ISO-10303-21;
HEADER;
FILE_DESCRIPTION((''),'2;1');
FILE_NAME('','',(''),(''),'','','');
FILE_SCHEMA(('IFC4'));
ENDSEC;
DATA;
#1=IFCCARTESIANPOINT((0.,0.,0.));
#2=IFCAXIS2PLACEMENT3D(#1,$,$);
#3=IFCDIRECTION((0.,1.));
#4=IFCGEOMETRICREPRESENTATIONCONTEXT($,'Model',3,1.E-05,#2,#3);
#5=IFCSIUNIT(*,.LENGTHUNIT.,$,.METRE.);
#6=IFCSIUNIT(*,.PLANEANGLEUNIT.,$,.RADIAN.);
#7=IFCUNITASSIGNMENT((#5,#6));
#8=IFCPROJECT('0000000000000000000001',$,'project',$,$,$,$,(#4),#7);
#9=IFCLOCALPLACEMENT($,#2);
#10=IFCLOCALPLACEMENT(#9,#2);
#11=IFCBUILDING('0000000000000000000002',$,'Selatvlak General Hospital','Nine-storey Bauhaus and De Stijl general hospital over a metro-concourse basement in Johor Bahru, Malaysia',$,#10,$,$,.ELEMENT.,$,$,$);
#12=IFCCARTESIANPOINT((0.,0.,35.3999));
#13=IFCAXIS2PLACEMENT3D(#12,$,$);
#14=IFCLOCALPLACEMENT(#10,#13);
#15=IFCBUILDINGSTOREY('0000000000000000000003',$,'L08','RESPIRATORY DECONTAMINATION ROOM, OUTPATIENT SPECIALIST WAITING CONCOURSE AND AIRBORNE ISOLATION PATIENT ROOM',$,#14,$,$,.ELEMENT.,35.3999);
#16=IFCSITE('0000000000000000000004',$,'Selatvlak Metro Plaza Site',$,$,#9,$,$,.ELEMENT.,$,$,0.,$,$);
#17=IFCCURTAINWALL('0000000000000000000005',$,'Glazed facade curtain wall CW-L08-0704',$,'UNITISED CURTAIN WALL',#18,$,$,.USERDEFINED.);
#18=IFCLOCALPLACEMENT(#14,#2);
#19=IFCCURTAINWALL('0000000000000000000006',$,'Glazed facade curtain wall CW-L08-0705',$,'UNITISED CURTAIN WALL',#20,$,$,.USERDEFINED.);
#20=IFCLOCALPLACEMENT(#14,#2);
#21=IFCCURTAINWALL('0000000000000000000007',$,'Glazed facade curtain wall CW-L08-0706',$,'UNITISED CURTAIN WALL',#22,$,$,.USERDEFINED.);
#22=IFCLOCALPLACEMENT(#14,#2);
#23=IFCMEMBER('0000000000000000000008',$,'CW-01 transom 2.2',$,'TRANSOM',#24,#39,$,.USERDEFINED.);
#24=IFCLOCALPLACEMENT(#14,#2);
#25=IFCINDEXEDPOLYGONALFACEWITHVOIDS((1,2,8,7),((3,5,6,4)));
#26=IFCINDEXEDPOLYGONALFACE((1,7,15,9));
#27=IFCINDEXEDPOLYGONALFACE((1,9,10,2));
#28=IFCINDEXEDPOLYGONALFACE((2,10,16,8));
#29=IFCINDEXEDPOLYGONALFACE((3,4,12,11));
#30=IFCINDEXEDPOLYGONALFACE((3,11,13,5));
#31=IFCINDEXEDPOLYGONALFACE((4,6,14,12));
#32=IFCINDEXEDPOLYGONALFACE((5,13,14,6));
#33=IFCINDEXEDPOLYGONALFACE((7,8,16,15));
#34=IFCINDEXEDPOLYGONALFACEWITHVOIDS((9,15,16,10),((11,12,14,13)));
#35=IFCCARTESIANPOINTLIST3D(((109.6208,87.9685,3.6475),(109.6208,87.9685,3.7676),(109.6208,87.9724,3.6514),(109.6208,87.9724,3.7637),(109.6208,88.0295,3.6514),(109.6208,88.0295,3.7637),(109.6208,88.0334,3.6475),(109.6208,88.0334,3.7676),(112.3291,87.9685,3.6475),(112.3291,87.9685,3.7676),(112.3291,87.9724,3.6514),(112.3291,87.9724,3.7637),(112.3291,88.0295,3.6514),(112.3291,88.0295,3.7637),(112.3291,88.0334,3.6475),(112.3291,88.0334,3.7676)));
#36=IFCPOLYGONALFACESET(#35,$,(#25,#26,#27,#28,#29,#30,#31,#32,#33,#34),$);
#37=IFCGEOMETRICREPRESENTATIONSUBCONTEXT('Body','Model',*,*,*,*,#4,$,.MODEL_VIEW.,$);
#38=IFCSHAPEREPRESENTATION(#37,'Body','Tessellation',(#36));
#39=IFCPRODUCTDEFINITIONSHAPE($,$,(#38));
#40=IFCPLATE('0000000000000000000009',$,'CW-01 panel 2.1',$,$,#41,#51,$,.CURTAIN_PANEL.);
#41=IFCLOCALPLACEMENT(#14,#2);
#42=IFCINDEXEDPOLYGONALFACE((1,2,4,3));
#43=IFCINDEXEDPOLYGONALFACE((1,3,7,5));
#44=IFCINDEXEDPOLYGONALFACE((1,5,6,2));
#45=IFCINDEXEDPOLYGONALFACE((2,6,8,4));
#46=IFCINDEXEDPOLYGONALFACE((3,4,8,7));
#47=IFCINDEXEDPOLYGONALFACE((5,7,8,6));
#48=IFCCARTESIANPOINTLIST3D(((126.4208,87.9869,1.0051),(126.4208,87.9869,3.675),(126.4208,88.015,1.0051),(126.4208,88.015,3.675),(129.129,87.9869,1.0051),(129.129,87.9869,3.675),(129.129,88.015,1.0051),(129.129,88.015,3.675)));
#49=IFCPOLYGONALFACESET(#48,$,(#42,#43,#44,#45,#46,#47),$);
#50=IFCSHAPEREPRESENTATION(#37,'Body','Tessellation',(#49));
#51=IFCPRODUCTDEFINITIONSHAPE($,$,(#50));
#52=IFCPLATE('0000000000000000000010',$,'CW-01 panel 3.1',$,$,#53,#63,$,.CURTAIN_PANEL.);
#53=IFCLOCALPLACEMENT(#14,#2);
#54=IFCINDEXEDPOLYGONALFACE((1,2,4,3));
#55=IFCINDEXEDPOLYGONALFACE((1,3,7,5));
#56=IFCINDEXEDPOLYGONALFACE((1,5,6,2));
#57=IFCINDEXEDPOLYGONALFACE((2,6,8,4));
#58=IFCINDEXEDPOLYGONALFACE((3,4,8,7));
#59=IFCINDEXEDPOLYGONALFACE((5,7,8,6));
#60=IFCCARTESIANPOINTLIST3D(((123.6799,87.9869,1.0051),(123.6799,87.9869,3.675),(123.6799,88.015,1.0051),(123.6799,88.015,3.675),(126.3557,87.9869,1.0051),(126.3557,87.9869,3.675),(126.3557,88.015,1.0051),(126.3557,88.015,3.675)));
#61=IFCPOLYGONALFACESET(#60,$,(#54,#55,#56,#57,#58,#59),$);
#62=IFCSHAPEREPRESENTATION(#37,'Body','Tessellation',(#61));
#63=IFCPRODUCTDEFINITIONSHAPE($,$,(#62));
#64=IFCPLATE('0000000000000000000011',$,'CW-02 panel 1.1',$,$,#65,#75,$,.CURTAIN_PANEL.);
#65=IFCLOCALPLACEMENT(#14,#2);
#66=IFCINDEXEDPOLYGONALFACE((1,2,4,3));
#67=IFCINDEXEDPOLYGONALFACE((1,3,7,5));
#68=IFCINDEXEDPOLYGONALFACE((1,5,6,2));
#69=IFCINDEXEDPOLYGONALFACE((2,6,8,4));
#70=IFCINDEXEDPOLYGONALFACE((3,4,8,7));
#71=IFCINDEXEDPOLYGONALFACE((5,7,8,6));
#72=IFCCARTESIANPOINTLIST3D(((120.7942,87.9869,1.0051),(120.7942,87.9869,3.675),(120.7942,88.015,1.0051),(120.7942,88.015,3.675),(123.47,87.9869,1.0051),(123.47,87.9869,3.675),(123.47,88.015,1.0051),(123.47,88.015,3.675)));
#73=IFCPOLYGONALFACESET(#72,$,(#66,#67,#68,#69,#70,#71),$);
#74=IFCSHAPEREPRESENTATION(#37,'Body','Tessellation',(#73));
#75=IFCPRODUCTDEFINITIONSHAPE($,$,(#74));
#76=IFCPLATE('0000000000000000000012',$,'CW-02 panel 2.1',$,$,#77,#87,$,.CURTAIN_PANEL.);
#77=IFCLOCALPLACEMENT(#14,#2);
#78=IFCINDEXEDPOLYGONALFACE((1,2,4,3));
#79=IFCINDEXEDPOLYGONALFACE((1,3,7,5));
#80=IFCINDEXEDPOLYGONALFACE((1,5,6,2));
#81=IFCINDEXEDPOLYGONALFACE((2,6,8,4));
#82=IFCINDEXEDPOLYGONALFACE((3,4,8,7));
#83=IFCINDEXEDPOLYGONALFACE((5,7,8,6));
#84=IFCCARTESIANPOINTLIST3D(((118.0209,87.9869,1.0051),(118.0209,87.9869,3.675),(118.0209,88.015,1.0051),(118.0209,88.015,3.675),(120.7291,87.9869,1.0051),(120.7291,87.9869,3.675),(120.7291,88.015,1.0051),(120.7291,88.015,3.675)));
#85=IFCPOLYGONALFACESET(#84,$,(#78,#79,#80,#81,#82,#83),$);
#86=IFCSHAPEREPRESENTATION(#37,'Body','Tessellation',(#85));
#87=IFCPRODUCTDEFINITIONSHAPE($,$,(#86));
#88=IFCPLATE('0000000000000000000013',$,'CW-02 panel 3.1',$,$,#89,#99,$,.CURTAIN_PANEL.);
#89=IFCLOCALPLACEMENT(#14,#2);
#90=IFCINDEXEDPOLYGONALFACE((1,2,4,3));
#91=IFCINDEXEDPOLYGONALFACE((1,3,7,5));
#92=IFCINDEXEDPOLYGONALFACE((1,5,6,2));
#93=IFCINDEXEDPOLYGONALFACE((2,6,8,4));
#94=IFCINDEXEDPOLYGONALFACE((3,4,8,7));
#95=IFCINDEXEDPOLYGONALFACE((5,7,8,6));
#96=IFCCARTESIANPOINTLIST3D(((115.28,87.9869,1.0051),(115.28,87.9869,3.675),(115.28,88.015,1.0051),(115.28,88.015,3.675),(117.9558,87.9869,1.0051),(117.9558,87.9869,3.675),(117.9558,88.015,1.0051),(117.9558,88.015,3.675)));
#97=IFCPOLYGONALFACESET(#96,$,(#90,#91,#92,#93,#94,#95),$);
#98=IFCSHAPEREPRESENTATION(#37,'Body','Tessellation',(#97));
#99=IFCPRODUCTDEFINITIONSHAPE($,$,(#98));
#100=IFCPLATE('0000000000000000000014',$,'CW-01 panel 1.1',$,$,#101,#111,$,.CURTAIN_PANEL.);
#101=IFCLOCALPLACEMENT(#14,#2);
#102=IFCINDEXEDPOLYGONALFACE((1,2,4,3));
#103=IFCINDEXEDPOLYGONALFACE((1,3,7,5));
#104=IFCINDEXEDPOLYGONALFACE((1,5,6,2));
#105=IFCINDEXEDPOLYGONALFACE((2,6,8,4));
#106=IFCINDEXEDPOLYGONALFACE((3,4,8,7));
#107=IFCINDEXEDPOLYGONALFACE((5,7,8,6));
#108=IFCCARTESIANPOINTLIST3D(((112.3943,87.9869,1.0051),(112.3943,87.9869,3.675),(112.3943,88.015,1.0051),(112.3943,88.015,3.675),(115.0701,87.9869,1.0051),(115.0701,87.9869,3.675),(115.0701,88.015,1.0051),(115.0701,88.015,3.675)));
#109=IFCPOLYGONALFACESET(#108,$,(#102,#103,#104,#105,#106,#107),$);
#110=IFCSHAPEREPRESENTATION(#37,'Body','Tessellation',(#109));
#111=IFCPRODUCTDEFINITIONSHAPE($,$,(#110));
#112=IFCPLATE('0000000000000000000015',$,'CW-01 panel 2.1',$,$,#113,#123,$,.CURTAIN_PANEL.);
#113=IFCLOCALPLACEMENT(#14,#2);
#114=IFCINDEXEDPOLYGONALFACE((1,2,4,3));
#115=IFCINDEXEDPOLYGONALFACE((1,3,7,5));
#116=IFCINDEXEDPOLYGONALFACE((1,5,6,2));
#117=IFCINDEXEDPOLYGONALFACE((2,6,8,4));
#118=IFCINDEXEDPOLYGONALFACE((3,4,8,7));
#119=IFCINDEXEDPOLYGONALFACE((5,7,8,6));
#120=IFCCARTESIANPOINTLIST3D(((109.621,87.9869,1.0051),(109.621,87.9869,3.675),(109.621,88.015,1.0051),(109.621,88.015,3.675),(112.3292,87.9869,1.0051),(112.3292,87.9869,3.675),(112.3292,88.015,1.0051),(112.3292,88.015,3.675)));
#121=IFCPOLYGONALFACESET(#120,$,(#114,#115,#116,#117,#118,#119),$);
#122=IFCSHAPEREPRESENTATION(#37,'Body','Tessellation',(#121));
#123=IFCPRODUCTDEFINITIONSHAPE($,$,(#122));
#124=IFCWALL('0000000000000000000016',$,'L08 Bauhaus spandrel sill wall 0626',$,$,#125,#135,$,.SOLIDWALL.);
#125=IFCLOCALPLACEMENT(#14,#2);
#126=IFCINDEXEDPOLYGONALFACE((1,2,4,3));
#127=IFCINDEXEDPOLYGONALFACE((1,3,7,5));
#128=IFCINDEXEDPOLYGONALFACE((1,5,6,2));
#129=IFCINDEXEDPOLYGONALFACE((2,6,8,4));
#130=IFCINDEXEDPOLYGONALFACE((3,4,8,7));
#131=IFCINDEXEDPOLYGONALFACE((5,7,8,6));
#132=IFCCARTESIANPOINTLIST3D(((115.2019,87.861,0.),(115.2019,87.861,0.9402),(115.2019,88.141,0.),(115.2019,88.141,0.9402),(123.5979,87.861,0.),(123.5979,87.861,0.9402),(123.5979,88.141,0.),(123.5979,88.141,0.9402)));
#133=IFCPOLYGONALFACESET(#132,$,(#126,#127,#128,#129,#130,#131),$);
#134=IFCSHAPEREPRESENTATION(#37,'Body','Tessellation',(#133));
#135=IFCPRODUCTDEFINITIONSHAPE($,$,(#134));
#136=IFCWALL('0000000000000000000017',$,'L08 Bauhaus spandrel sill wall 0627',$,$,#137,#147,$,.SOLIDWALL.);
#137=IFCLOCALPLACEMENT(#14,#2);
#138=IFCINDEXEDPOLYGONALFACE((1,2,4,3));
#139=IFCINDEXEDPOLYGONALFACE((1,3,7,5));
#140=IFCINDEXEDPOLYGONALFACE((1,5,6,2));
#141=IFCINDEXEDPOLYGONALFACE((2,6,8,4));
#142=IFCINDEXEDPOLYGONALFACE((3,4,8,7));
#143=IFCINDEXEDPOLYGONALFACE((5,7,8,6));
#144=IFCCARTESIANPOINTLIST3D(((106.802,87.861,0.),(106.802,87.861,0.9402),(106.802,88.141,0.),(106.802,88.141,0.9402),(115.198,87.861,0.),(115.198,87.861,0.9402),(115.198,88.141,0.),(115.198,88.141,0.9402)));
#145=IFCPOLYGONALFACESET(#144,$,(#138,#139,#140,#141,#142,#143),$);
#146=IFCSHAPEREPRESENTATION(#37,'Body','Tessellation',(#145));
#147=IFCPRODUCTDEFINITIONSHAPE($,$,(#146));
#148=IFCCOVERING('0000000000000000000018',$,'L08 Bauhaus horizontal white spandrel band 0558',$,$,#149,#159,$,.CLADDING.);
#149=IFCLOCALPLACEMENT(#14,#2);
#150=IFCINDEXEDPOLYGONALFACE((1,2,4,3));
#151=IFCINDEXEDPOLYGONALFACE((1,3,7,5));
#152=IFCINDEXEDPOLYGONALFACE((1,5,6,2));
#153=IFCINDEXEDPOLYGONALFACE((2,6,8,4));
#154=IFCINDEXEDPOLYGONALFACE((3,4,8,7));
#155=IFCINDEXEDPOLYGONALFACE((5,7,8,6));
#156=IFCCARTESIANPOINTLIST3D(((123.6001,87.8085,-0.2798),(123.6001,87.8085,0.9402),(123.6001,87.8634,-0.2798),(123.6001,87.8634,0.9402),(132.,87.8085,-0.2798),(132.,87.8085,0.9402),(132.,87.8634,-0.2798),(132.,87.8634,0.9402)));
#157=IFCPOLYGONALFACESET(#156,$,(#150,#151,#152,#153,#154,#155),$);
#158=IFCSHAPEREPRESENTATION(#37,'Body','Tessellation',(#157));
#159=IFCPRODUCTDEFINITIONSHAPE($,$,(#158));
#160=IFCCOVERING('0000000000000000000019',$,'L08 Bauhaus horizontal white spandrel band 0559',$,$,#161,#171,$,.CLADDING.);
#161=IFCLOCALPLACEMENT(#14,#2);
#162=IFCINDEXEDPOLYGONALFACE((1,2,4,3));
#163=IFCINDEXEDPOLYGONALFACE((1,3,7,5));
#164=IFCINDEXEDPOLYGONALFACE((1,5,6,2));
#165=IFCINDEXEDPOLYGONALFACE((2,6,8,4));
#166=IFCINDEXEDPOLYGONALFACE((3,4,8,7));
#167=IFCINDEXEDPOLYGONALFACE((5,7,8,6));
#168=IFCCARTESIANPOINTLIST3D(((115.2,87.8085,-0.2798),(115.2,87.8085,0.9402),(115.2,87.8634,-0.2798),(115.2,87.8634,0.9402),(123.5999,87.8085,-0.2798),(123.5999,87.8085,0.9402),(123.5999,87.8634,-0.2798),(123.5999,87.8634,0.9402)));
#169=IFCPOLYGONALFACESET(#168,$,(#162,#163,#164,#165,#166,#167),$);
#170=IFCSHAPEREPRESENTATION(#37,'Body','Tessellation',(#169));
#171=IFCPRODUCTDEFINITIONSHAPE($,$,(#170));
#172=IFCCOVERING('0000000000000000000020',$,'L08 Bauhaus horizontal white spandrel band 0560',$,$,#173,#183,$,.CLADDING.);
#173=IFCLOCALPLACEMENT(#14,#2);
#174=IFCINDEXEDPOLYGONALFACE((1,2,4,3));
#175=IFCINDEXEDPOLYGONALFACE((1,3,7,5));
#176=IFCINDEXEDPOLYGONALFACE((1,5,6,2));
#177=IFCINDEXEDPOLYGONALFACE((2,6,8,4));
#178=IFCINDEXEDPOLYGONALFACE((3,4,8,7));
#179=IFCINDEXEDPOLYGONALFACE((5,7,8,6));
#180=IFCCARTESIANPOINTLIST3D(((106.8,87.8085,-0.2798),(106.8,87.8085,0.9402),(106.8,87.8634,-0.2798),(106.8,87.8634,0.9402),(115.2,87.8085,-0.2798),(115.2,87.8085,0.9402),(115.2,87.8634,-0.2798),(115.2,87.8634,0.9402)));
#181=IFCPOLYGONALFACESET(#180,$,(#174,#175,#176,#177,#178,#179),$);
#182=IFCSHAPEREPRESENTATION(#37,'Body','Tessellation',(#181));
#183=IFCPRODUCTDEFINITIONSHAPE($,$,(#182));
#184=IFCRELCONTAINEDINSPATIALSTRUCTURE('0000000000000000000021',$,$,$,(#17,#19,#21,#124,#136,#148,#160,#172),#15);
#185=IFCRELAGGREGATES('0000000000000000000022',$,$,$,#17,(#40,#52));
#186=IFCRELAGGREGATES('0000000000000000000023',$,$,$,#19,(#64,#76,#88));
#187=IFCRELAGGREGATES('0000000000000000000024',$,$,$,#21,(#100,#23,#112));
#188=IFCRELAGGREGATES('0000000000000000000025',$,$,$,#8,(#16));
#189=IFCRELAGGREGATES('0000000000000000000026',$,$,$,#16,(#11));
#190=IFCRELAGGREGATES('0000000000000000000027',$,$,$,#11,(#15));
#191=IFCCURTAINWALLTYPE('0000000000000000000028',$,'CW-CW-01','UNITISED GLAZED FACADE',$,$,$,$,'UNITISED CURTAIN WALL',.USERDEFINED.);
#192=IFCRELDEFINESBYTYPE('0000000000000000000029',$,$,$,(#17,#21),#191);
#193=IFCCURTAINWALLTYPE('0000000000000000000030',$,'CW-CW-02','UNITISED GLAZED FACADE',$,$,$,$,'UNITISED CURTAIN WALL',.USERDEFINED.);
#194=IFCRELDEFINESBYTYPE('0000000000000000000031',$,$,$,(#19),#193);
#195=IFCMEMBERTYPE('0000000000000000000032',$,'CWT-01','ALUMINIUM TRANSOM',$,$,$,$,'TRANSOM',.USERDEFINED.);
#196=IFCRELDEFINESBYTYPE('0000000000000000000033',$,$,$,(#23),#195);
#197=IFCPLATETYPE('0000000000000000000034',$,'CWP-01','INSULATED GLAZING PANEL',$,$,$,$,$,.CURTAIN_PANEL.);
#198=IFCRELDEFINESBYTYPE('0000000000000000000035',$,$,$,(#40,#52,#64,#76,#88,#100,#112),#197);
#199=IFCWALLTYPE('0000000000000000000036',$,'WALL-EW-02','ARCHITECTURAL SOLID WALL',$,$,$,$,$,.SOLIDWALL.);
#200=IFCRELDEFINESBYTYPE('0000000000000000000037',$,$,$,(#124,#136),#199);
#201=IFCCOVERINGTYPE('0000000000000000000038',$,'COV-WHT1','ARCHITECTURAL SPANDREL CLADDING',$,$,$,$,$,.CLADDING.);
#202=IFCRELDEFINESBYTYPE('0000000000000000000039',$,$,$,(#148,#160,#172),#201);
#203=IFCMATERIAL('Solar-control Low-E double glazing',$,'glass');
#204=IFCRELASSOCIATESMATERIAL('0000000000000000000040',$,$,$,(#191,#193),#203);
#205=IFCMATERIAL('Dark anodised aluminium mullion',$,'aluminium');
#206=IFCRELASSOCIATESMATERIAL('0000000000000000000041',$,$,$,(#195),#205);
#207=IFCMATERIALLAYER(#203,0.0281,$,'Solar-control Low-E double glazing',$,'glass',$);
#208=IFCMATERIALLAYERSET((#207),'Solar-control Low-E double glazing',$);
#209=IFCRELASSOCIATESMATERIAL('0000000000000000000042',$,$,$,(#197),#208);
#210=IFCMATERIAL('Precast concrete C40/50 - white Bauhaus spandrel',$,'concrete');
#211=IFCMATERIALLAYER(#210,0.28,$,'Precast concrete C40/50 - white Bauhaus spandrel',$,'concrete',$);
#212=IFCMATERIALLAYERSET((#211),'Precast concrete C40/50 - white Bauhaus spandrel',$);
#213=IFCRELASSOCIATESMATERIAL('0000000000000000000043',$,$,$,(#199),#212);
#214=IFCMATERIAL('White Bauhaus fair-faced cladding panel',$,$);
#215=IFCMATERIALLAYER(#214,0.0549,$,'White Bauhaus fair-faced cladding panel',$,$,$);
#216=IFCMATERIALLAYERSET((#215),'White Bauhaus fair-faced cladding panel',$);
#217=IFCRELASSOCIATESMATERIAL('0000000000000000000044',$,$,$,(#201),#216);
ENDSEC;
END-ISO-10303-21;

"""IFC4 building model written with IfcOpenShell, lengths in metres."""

from ifc_helpers import new_model, si_unit, direction, frame, frame_2d, origin, origin_2d, place, context, subcontext, project, spatial, rectangle, hollow_rectangle, extrude, material, layer, layer_set, material_profile, profile_set, type_object, element, aggregate, save


model = new_model("IFC4")

# Units and contexts
model_context = context("Model", 3, precision=1e-05, world=origin(), true_north=direction((0.0, 1.0)))
body_context = subcontext(model_context, "Body", "Model", "MODEL_VIEW")
ifc_project = project(units=[si_unit("LENGTHUNIT", "METRE"), si_unit("PLANEANGLEUNIT", "RADIAN")], contexts=[model_context])

# Site, building, storey
site_placement = place(None, origin())
site = spatial("IfcSite", under=ifc_project, at=site_placement, Name="Selatvlak Metro Plaza Site", CompositionType="ELEMENT", RefElevation=0.0)
building_placement = place(site_placement, origin())
building = spatial("IfcBuilding", under=site, at=building_placement, Name="Selatvlak General Hospital", Description="Nine-storey Bauhaus and De Stijl general hospital over a metro-concourse basement in Johor Bahru, Malaysia", CompositionType="ELEMENT")
storey_placement = place(building_placement, frame((0.0, 0.0, 35.3999)))
storey = spatial("IfcBuildingStorey", under=building, at=storey_placement, Name="L08", Description="RESPIRATORY DECONTAMINATION ROOM, OUTPATIENT SPECIALIST WAITING CONCOURSE AND AIRBORNE ISOLATION PATIENT ROOM", CompositionType="ELEMENT", Elevation=35.3999)

# Curtain walls
ifc_material_1 = material(Name="Solar-control Low-E double glazing", Category="glass")
curtain_wall_type_1 = type_object("IfcCurtainWallType", Name="CW-CW-01", Description="UNITISED GLAZED FACADE", ElementType="UNITISED CURTAIN WALL", PredefinedType="USERDEFINED", material=ifc_material_1)
curtain_wall_1_placement = place(storey_placement, origin())
curtain_wall_1 = element("IfcCurtainWall", 1, at=curtain_wall_1_placement, inside=storey, type_object=curtain_wall_type_1, Name="Glazed facade curtain wall CW-L08-0704", ObjectType="UNITISED CURTAIN WALL", PredefinedType="USERDEFINED")
ifc_material_2 = material(Name="Dark anodised aluminium mullion", Category="aluminium")
curtain_wall_type_2 = type_object("IfcCurtainWallType", Name="CW-CW-02", Description="UNITISED GLAZED FACADE", ElementType="UNITISED CURTAIN WALL", PredefinedType="USERDEFINED", material=ifc_material_1)
curtain_wall_2_placement = place(storey_placement, origin())
curtain_wall_2 = element("IfcCurtainWall", 2, at=curtain_wall_2_placement, inside=storey, type_object=curtain_wall_type_2, Name="Glazed facade curtain wall CW-L08-0705", ObjectType="UNITISED CURTAIN WALL", PredefinedType="USERDEFINED")
curtain_wall_3_placement = place(storey_placement, origin())
curtain_wall_3 = element("IfcCurtainWall", 3, at=curtain_wall_3_placement, inside=storey, type_object=curtain_wall_type_1, Name="Glazed facade curtain wall CW-L08-0706", ObjectType="UNITISED CURTAIN WALL", PredefinedType="USERDEFINED")

# Member
ifc_material_profile_1 = material_profile(ifc_material_2, hollow_rectangle(XDim=0.0649, YDim=0.1201, WallThickness=0.0039, at=origin_2d()), Name="AL-TRN 65x120x4")
ifc_profile_set_1 = profile_set([ifc_material_profile_1], Name="Dark anodised aluminium mullion")
member_type_1 = type_object("IfcMemberType", Name="CWT-01", Description="ALUMINIUM TRANSOM", ElementType="TRANSOM", PredefinedType="USERDEFINED", material=ifc_profile_set_1)
member_1_placement = place(storey_placement, frame((112.3291, 88.001, 3.7075), z_axis=(-1.0, 0.0, 0.0), x_axis=(0.0, -1.0, 0.0)))
member_1 = element("IfcMember", 4, at=member_1_placement, type_object=member_type_1, Name="CW-01 transom 2.2", ObjectType="TRANSOM", PredefinedType="USERDEFINED", context=body_context, shape_type="SweptSolid", body=[
    extrude(hollow_rectangle(XDim=0.0649, YDim=0.1201, WallThickness=0.0039, at=origin_2d()), origin(), (0.0, 0.0, 1.0), 2.7083),
])

# Plates
ifc_layer_1 = layer(ifc_material_1, 0.0281, Name="Solar-control Low-E double glazing", Category="glass")
ifc_layer_set_1 = layer_set([ifc_layer_1], Name="Solar-control Low-E double glazing")
plate_type = type_object("IfcPlateType", Name="CWP-01", Description="INSULATED GLAZING PANEL", PredefinedType="CURTAIN_PANEL", material=ifc_layer_set_1)
plate_1_placement = place(storey_placement, frame((127.7749, 88.001, 1.0051), z_axis=(0.0, 0.0, 1.0), x_axis=(-1.0, 0.0, 0.0)))
plate_1 = element("IfcPlate", 5, at=plate_1_placement, type_object=plate_type, Name="CW-01 panel 2.1", PredefinedType="CURTAIN_PANEL", context=body_context, shape_type="SweptSolid", body=[
    extrude(rectangle(XDim=2.7083, YDim=0.0281, at=origin_2d()), origin(), (0.0, 0.0, 1.0), 2.6699),
])
plate_2_placement = place(storey_placement, frame((125.0178, 88.001, 1.0051), z_axis=(0.0, 0.0, 1.0), x_axis=(-1.0, 0.0, 0.0)))
plate_2 = element("IfcPlate", 6, at=plate_2_placement, type_object=plate_type, Name="CW-01 panel 3.1", PredefinedType="CURTAIN_PANEL", context=body_context, shape_type="SweptSolid", body=[
    extrude(rectangle(XDim=2.6758, YDim=0.0281, at=origin_2d()), origin(), (0.0, 0.0, 1.0), 2.6699),
])
aggregate(curtain_wall_1, [plate_1, plate_2])
plate_3_placement = place(storey_placement, frame((122.1321, 88.001, 1.0051), z_axis=(0.0, 0.0, 1.0), x_axis=(-1.0, 0.0, 0.0)))
plate_3 = element("IfcPlate", 7, at=plate_3_placement, type_object=plate_type, Name="CW-02 panel 1.1", PredefinedType="CURTAIN_PANEL", context=body_context, shape_type="SweptSolid", body=[
    extrude(rectangle(XDim=2.6758, YDim=0.0281, at=origin_2d()), origin(), (0.0, 0.0, 1.0), 2.6699),
])
plate_4_placement = place(storey_placement, frame((119.375, 88.001, 1.0051), z_axis=(0.0, 0.0, 1.0), x_axis=(-1.0, 0.0, 0.0)))
plate_4 = element("IfcPlate", 8, at=plate_4_placement, type_object=plate_type, Name="CW-02 panel 2.1", PredefinedType="CURTAIN_PANEL", context=body_context, shape_type="SweptSolid", body=[
    extrude(rectangle(XDim=2.7083, YDim=0.0281, at=origin_2d()), origin(), (0.0, 0.0, 1.0), 2.6699),
])
plate_5_placement = place(storey_placement, frame((116.6179, 88.001, 1.0051), z_axis=(0.0, 0.0, 1.0), x_axis=(-1.0, 0.0, 0.0)))
plate_5 = element("IfcPlate", 9, at=plate_5_placement, type_object=plate_type, Name="CW-02 panel 3.1", PredefinedType="CURTAIN_PANEL", context=body_context, shape_type="SweptSolid", body=[
    extrude(rectangle(XDim=2.6758, YDim=0.0281, at=origin_2d()), origin(), (0.0, 0.0, 1.0), 2.6699),
])
aggregate(curtain_wall_2, [plate_3, plate_4, plate_5])
plate_6_placement = place(storey_placement, frame((113.7322, 88.001, 1.0051), z_axis=(0.0, 0.0, 1.0), x_axis=(-1.0, 0.0, 0.0)))
plate_6 = element("IfcPlate", 10, at=plate_6_placement, type_object=plate_type, Name="CW-01 panel 1.1", PredefinedType="CURTAIN_PANEL", context=body_context, shape_type="SweptSolid", body=[
    extrude(rectangle(XDim=2.6758, YDim=0.0281, at=origin_2d()), origin(), (0.0, 0.0, 1.0), 2.6699),
])
plate_7_placement = place(storey_placement, frame((110.9751, 88.001, 1.0051), z_axis=(0.0, 0.0, 1.0), x_axis=(-1.0, 0.0, 0.0)))
plate_7 = element("IfcPlate", 11, at=plate_7_placement, type_object=plate_type, Name="CW-01 panel 2.1", PredefinedType="CURTAIN_PANEL", context=body_context, shape_type="SweptSolid", body=[
    extrude(rectangle(XDim=2.7083, YDim=0.0281, at=origin_2d()), origin(), (0.0, 0.0, 1.0), 2.6699),
])
aggregate(curtain_wall_3, [plate_6, member_1, plate_7])

# Walls
ifc_material_3 = material(Name="Precast concrete C40/50 - white Bauhaus spandrel", Category="concrete")
ifc_layer_2 = layer(ifc_material_3, 0.28, Name="Precast concrete C40/50 - white Bauhaus spandrel", Category="concrete")
ifc_layer_set_2 = layer_set([ifc_layer_2], Name="Precast concrete C40/50 - white Bauhaus spandrel")
wall_type = type_object("IfcWallType", Name="WALL-EW-02", Description="ARCHITECTURAL SOLID WALL", PredefinedType="SOLIDWALL", material=ifc_layer_set_2)
for number, where, z_axis, x_axis, name in (
    (12, (123.5979, 88.001, 0.0), (0.0, 0.0, 1.0), (-1.0, 0.0, 0.0), "L08 Bauhaus spandrel sill wall 0626"),
    (13, (115.198, 88.001, 0.0), (0.0, 0.0, 1.0), (-1.0, 0.0, 0.0), "L08 Bauhaus spandrel sill wall 0627"),
):
    element("IfcWall", number, at=place(storey_placement, frame(where, z_axis=z_axis, x_axis=x_axis)), inside=storey, type_object=wall_type, Name=name, PredefinedType="SOLIDWALL", context=body_context, shape_type="SweptSolid", body=[
        extrude(rectangle(XDim=8.396, YDim=0.28, at=frame_2d((4.198, 0.0))), origin(), (0.0, 0.0, 1.0), 0.9402),
    ])

# Coverings
ifc_material_4 = material(Name="White Bauhaus fair-faced cladding panel")
ifc_layer_3 = layer(ifc_material_4, 0.0549, Name="White Bauhaus fair-faced cladding panel")
ifc_layer_set_3 = layer_set([ifc_layer_3], Name="White Bauhaus fair-faced cladding panel")
covering_type = type_object("IfcCoveringType", Name="COV-WHT1", Description="ARCHITECTURAL SPANDREL CLADDING", PredefinedType="CLADDING", material=ifc_layer_set_3)
for number, where, z_axis, x_axis, name in (
    (14, (127.8, 87.8359, -0.2798), (0.0, 0.0, 1.0), (-1.0, 0.0, 0.0), "L08 Bauhaus horizontal white spandrel band 0558"),
    (15, (119.3999, 87.8359, -0.2798), (0.0, 0.0, 1.0), (-1.0, 0.0, 0.0), "L08 Bauhaus horizontal white spandrel band 0559"),
    (16, (111.0, 87.8359, -0.2798), (0.0, 0.0, 1.0), (-1.0, 0.0, 0.0), "L08 Bauhaus horizontal white spandrel band 0560"),
):
    element("IfcCovering", number, at=place(storey_placement, frame(where, z_axis=z_axis, x_axis=x_axis)), inside=storey, type_object=covering_type, Name=name, PredefinedType="CLADDING", context=body_context, shape_type="SweptSolid", body=[
        extrude(rectangle(XDim=8.3999, YDim=0.0549, at=origin_2d()), origin(), (0.0, 0.0, 1.0), 1.22),
    ])

save(model, "model.ifc")
